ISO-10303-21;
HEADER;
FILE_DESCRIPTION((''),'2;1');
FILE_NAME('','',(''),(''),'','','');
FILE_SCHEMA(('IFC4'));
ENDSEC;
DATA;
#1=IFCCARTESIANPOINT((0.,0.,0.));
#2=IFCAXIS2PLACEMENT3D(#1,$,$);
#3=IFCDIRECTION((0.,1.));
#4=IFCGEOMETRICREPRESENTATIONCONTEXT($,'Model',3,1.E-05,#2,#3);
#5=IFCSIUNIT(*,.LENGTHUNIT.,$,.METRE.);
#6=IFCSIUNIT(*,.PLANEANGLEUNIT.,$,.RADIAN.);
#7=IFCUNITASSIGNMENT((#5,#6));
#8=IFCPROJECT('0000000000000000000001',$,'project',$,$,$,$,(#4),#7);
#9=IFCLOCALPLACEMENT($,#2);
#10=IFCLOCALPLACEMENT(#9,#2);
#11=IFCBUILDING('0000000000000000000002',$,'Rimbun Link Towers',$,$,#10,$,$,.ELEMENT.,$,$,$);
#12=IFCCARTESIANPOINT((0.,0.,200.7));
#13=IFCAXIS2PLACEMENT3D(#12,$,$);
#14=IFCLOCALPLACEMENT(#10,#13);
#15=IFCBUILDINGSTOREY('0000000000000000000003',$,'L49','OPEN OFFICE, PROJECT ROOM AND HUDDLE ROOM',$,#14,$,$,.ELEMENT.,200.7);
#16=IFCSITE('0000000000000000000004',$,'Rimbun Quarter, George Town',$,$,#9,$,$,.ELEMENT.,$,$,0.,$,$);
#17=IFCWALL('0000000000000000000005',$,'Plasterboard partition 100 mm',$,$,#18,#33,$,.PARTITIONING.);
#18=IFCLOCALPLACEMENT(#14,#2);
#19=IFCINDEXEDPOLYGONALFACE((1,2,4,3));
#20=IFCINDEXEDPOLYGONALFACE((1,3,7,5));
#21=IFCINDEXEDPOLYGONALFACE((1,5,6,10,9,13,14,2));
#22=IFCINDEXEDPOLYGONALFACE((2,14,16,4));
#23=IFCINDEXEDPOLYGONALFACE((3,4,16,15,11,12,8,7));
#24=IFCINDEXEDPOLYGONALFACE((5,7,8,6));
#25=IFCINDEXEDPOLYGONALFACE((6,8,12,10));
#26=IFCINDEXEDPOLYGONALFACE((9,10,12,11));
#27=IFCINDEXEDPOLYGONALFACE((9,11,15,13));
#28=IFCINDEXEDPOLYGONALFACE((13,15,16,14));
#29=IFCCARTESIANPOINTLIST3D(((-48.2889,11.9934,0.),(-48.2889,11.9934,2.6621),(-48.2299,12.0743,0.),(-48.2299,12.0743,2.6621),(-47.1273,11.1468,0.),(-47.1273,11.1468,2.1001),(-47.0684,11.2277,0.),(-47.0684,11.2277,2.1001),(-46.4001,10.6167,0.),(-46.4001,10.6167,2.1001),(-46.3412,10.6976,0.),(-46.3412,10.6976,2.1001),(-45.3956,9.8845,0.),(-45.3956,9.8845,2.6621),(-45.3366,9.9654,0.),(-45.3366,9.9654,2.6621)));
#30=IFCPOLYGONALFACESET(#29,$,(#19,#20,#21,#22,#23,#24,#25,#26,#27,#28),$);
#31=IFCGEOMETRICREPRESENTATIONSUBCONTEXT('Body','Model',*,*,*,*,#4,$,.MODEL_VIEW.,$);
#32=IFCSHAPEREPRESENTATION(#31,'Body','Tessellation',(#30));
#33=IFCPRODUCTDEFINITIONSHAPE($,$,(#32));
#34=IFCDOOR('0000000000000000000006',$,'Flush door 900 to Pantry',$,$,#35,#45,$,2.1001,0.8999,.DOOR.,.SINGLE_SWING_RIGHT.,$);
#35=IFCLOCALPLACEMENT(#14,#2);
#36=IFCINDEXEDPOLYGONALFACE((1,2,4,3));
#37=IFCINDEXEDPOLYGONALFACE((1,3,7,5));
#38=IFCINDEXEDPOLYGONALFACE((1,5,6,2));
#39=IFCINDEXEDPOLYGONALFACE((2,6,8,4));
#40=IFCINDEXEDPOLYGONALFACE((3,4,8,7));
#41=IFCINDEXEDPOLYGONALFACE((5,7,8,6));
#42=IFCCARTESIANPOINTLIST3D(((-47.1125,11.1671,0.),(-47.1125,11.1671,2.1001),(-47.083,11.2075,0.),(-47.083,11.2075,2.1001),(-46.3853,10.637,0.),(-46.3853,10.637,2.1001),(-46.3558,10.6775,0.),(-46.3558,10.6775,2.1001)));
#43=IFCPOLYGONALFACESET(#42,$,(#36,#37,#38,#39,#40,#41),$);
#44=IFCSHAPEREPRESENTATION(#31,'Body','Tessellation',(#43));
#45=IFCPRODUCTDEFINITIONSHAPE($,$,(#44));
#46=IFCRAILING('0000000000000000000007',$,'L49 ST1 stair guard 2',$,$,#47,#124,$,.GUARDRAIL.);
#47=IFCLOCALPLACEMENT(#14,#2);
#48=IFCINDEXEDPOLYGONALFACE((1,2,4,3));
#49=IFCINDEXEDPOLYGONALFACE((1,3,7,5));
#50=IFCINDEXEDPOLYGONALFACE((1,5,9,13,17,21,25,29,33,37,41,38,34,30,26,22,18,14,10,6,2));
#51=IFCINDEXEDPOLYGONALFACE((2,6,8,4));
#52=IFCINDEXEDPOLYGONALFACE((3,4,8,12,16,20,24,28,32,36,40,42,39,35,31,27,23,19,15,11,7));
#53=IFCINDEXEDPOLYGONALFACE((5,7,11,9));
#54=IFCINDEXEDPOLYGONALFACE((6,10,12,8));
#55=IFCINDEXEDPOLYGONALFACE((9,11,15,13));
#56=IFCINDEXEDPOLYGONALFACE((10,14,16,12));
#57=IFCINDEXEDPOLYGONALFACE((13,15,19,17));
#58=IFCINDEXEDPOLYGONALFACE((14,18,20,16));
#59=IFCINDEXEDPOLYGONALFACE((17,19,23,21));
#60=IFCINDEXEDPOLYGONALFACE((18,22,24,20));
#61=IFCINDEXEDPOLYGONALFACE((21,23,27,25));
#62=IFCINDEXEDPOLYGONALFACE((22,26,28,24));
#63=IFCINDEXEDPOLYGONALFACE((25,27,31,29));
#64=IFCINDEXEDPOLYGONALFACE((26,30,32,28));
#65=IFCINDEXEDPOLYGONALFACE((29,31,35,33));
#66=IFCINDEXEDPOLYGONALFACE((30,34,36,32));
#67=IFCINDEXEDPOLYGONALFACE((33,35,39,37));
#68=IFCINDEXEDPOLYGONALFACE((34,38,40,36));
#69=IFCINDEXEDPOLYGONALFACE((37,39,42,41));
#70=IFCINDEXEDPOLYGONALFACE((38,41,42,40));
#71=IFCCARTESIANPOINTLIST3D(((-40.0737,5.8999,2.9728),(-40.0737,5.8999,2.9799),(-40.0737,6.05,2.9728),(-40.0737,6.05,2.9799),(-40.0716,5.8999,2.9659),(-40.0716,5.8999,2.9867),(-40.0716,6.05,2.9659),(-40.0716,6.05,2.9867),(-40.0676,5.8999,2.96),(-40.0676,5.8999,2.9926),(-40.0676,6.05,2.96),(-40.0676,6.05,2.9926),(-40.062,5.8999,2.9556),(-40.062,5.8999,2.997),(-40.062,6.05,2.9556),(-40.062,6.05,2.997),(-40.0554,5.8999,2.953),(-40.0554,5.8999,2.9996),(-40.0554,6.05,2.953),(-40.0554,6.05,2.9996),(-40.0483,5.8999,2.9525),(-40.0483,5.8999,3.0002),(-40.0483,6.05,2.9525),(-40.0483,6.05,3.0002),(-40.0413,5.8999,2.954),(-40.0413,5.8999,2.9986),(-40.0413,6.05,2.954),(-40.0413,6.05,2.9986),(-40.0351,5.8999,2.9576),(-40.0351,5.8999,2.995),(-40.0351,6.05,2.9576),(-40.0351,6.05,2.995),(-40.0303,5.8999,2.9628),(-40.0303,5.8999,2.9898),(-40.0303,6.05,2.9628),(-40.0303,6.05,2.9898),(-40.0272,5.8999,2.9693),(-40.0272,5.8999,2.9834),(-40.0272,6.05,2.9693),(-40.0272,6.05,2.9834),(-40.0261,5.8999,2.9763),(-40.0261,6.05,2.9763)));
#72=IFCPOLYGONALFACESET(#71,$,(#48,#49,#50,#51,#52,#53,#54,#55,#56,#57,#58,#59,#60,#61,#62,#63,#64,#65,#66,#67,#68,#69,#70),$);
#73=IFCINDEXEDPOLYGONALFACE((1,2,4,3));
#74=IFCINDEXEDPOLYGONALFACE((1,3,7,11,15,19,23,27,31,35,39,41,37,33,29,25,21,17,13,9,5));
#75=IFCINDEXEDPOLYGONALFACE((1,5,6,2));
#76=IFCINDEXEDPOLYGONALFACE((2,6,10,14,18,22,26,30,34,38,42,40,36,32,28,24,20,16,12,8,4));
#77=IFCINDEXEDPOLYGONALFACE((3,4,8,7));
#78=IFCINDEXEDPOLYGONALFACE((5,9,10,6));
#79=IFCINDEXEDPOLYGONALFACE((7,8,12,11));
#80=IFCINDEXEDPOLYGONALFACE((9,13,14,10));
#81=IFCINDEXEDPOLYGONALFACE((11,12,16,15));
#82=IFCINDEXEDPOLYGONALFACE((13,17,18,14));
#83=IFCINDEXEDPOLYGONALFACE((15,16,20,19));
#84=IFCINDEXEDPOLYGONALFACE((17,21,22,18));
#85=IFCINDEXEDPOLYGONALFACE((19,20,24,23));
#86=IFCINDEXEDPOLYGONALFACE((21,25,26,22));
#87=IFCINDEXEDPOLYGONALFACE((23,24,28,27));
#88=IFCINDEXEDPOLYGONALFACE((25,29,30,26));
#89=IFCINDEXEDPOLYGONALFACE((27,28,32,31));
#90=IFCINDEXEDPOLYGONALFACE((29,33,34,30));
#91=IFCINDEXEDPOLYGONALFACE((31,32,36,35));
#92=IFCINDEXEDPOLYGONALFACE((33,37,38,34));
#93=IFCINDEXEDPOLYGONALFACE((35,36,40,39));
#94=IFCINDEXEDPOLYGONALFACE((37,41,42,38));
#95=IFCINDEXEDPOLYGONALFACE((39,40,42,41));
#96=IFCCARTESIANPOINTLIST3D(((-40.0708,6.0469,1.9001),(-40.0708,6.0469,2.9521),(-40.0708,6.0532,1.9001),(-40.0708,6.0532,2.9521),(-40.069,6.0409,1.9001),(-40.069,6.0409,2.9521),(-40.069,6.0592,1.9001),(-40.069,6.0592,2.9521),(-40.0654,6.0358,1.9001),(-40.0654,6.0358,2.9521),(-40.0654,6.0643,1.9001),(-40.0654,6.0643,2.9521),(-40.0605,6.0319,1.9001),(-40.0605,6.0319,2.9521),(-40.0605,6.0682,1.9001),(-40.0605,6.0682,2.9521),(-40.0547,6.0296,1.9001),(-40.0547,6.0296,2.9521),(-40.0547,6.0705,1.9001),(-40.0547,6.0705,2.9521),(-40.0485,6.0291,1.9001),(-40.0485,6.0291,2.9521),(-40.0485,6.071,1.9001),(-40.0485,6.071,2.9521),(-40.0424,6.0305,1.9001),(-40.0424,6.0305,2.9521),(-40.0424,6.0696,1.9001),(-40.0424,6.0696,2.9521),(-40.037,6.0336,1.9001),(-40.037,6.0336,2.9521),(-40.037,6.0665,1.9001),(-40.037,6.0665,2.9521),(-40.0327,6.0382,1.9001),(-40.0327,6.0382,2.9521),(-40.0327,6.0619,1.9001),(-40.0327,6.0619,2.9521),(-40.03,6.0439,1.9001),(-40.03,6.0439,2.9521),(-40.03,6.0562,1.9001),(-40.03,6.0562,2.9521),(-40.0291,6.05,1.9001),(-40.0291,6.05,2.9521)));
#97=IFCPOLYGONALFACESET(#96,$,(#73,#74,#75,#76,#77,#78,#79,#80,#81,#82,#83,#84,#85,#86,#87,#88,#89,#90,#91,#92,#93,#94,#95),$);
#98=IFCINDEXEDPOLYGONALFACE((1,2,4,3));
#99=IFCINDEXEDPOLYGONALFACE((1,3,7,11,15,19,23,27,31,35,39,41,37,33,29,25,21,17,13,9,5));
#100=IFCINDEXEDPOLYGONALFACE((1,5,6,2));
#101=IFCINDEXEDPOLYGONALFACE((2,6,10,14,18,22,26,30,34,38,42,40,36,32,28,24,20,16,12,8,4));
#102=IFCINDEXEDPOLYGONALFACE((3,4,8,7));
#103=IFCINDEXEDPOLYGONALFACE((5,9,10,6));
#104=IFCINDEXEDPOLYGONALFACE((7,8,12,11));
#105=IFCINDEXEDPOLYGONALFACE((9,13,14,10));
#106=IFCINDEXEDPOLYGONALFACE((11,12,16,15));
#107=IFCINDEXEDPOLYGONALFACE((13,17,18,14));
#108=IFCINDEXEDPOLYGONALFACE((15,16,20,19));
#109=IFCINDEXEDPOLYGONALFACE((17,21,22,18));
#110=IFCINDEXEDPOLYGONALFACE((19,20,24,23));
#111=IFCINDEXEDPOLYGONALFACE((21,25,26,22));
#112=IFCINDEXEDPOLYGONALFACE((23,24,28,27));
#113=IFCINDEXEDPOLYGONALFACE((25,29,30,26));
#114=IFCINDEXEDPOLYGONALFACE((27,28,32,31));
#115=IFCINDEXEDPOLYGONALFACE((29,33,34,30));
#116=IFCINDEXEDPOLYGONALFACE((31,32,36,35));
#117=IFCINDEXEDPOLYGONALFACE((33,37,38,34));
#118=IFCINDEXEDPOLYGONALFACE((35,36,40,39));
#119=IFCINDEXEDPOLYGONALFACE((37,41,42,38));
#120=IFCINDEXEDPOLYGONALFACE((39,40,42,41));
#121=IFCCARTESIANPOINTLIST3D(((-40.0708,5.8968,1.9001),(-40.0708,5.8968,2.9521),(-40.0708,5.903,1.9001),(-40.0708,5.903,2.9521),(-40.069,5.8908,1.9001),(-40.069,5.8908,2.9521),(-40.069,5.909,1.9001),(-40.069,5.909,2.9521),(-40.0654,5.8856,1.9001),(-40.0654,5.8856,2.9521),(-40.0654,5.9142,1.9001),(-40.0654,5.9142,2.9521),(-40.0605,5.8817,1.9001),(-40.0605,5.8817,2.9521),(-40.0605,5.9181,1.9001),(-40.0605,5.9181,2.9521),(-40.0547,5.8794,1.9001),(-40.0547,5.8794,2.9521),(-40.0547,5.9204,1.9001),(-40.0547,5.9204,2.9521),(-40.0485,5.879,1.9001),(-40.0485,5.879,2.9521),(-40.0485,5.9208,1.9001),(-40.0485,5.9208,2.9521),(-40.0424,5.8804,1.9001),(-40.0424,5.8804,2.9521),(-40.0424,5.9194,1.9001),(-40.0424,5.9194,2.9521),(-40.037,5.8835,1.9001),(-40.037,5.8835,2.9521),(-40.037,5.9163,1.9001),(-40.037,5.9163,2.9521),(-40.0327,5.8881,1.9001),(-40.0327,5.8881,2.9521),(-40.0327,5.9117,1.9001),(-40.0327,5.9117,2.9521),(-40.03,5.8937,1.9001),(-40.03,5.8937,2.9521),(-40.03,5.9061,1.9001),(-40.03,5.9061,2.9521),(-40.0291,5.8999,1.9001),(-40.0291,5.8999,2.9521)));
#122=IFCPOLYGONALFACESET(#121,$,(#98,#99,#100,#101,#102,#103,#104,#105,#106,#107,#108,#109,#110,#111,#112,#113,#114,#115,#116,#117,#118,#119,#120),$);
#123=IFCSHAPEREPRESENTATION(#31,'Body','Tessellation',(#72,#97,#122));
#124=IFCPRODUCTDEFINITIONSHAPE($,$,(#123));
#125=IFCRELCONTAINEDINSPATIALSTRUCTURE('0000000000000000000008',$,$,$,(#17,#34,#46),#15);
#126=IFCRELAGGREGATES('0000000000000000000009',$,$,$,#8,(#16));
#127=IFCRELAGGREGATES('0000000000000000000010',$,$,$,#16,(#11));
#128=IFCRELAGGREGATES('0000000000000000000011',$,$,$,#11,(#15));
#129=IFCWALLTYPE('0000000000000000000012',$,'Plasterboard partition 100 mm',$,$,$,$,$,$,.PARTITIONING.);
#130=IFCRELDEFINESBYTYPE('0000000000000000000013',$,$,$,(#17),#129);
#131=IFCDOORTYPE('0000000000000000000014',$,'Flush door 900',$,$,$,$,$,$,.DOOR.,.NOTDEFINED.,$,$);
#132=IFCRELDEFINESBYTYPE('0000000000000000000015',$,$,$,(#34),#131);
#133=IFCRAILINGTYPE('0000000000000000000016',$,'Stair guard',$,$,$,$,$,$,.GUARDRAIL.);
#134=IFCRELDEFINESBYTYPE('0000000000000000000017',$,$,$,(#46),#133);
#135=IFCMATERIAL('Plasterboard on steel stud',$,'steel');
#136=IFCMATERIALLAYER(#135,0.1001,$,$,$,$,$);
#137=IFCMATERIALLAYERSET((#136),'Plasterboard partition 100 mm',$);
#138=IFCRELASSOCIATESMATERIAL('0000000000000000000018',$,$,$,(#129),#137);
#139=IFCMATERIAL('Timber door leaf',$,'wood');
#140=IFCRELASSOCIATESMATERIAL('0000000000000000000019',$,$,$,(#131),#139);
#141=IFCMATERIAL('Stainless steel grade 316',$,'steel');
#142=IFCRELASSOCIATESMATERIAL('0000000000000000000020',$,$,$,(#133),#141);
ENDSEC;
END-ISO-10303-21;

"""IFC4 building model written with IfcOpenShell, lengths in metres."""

from ifc_helpers import new_model, si_unit, direction, frame, frame_2d, origin, origin_2d, place, context, subcontext, project, spatial, rectangle, circle, extrude, material, layer, layer_set, type_object, element, fill, save


model = new_model("IFC4")

# Units and contexts
model_context = context("Model", 3, precision=1e-05, world=origin(), true_north=direction((0.0, 1.0)))
body_context = subcontext(model_context, "Body", "Model", "MODEL_VIEW")
ifc_project = project(units=[si_unit("LENGTHUNIT", "METRE"), si_unit("PLANEANGLEUNIT", "RADIAN")], contexts=[model_context])

# Site, building, storey
site_placement = place(None, origin())
site = spatial("IfcSite", under=ifc_project, at=site_placement, Name="Rimbun Quarter, George Town", CompositionType="ELEMENT", RefElevation=0.0)
building_placement = place(site_placement, origin())
building = spatial("IfcBuilding", under=site, at=building_placement, Name="Rimbun Link Towers", CompositionType="ELEMENT")
storey_placement = place(building_placement, frame((0.0, 0.0, 200.7)))
storey = spatial("IfcBuildingStorey", under=building, at=storey_placement, Name="L49", Description="OPEN OFFICE, PROJECT ROOM AND HUDDLE ROOM", CompositionType="ELEMENT", Elevation=200.7)

# Wall, opening, door
ifc_material_1 = material(Name="Plasterboard on steel stud", Category="steel")
ifc_layer_1 = layer(ifc_material_1, 0.1001)
ifc_layer_set_1 = layer_set([ifc_layer_1], Name="Plasterboard partition 100 mm")
wall_type_1 = type_object("IfcWallType", Name="Plasterboard partition 100 mm", PredefinedType="PARTITIONING", material=ifc_layer_set_1)
wall_1_placement = place(storey_placement, frame((-45.3662, 9.925, 0.0), z_axis=(0.0, 0.0, 1.0), x_axis=(-0.808116, 0.589023, 0.0)))
wall_1 = element("IfcWall", 1, at=wall_1_placement, inside=storey, type_object=wall_type_1, Name="Plasterboard partition 100 mm", PredefinedType="PARTITIONING", context=body_context, shape_type="SweptSolid", body=[
    extrude(rectangle(XDim=3.5803, YDim=0.1001, at=frame_2d((1.79, 0.0))), origin(), (0.0, 0.0, 1.0), 2.6621),
])
opening_1_placement = place(wall_1_placement, frame((1.2429, 0.0, 0.0)))
opening_1 = element("IfcOpeningElement", 2, at=opening_1_placement, cuts=wall_1, PredefinedType="OPENING", context=body_context, shape_type="SweptSolid", body=[
    extrude(rectangle(XDim=0.8999, YDim=2.1001, at=frame_2d((0.45, 1.05))), frame((0.0, 0.0601, 0.0), z_axis=(0.0, -1.0, 0.0), x_axis=(1.0, 0.0, 0.0)), (0.0, 0.0, 1.0), 0.1201),
])
ifc_material_2 = material(Name="Timber door leaf", Category="wood")
door_type_1 = type_object("IfcDoorType", Name="Flush door 900", OperationType="NOTDEFINED", PredefinedType="DOOR", material=ifc_material_2)
door_1_placement = place(opening_1_placement, origin())
door_1 = element("IfcDoor", 3, at=door_1_placement, inside=storey, type_object=door_type_1, Name="Flush door 900 to Pantry", OperationType="SINGLE_SWING_RIGHT", OverallHeight=2.1001, OverallWidth=0.8999, PredefinedType="DOOR", context=body_context, shape_type="SweptSolid", body=[
    extrude(rectangle(XDim=0.8999, YDim=2.1001, at=frame_2d((0.45, 1.05))), frame((0.0, 0.0249, 0.0), z_axis=(0.0, -1.0, 0.0), x_axis=(1.0, 0.0, 0.0)), (0.0, 0.0, 1.0), 0.05),
])
fill(opening_1, door_1)

# Railing
ifc_material_3 = material(Name="Stainless steel grade 316", Category="steel")
railing_type_1 = type_object("IfcRailingType", Name="Stair guard", PredefinedType="GUARDRAIL", material=ifc_material_3)
railing_1_placement = place(storey_placement, frame((-40.05, 6.05, 1.9001)))
element("IfcRailing", 4, at=railing_1_placement, inside=storey, type_object=railing_type_1, Name="L49 ST1 stair guard 2", PredefinedType="GUARDRAIL", context=body_context, shape_type="SweptSolid", body=[
    extrude(circle(Radius=0.0239, at=origin_2d()), frame((0.0, 0.0, 1.0762), z_axis=(0.0, -1.0, 0.0), x_axis=(1.0, 0.0, 0.0)), (0.0, 0.0, 1.0), 0.1501),
    extrude(circle(Radius=0.021, at=origin_2d()), origin(), (0.0, 0.0, 1.0), 1.052),
    extrude(circle(Radius=0.021, at=origin_2d()), frame((0.0, -0.1501, 0.0)), (0.0, 0.0, 1.0), 1.052),
])

save(model, "model.ifc")
